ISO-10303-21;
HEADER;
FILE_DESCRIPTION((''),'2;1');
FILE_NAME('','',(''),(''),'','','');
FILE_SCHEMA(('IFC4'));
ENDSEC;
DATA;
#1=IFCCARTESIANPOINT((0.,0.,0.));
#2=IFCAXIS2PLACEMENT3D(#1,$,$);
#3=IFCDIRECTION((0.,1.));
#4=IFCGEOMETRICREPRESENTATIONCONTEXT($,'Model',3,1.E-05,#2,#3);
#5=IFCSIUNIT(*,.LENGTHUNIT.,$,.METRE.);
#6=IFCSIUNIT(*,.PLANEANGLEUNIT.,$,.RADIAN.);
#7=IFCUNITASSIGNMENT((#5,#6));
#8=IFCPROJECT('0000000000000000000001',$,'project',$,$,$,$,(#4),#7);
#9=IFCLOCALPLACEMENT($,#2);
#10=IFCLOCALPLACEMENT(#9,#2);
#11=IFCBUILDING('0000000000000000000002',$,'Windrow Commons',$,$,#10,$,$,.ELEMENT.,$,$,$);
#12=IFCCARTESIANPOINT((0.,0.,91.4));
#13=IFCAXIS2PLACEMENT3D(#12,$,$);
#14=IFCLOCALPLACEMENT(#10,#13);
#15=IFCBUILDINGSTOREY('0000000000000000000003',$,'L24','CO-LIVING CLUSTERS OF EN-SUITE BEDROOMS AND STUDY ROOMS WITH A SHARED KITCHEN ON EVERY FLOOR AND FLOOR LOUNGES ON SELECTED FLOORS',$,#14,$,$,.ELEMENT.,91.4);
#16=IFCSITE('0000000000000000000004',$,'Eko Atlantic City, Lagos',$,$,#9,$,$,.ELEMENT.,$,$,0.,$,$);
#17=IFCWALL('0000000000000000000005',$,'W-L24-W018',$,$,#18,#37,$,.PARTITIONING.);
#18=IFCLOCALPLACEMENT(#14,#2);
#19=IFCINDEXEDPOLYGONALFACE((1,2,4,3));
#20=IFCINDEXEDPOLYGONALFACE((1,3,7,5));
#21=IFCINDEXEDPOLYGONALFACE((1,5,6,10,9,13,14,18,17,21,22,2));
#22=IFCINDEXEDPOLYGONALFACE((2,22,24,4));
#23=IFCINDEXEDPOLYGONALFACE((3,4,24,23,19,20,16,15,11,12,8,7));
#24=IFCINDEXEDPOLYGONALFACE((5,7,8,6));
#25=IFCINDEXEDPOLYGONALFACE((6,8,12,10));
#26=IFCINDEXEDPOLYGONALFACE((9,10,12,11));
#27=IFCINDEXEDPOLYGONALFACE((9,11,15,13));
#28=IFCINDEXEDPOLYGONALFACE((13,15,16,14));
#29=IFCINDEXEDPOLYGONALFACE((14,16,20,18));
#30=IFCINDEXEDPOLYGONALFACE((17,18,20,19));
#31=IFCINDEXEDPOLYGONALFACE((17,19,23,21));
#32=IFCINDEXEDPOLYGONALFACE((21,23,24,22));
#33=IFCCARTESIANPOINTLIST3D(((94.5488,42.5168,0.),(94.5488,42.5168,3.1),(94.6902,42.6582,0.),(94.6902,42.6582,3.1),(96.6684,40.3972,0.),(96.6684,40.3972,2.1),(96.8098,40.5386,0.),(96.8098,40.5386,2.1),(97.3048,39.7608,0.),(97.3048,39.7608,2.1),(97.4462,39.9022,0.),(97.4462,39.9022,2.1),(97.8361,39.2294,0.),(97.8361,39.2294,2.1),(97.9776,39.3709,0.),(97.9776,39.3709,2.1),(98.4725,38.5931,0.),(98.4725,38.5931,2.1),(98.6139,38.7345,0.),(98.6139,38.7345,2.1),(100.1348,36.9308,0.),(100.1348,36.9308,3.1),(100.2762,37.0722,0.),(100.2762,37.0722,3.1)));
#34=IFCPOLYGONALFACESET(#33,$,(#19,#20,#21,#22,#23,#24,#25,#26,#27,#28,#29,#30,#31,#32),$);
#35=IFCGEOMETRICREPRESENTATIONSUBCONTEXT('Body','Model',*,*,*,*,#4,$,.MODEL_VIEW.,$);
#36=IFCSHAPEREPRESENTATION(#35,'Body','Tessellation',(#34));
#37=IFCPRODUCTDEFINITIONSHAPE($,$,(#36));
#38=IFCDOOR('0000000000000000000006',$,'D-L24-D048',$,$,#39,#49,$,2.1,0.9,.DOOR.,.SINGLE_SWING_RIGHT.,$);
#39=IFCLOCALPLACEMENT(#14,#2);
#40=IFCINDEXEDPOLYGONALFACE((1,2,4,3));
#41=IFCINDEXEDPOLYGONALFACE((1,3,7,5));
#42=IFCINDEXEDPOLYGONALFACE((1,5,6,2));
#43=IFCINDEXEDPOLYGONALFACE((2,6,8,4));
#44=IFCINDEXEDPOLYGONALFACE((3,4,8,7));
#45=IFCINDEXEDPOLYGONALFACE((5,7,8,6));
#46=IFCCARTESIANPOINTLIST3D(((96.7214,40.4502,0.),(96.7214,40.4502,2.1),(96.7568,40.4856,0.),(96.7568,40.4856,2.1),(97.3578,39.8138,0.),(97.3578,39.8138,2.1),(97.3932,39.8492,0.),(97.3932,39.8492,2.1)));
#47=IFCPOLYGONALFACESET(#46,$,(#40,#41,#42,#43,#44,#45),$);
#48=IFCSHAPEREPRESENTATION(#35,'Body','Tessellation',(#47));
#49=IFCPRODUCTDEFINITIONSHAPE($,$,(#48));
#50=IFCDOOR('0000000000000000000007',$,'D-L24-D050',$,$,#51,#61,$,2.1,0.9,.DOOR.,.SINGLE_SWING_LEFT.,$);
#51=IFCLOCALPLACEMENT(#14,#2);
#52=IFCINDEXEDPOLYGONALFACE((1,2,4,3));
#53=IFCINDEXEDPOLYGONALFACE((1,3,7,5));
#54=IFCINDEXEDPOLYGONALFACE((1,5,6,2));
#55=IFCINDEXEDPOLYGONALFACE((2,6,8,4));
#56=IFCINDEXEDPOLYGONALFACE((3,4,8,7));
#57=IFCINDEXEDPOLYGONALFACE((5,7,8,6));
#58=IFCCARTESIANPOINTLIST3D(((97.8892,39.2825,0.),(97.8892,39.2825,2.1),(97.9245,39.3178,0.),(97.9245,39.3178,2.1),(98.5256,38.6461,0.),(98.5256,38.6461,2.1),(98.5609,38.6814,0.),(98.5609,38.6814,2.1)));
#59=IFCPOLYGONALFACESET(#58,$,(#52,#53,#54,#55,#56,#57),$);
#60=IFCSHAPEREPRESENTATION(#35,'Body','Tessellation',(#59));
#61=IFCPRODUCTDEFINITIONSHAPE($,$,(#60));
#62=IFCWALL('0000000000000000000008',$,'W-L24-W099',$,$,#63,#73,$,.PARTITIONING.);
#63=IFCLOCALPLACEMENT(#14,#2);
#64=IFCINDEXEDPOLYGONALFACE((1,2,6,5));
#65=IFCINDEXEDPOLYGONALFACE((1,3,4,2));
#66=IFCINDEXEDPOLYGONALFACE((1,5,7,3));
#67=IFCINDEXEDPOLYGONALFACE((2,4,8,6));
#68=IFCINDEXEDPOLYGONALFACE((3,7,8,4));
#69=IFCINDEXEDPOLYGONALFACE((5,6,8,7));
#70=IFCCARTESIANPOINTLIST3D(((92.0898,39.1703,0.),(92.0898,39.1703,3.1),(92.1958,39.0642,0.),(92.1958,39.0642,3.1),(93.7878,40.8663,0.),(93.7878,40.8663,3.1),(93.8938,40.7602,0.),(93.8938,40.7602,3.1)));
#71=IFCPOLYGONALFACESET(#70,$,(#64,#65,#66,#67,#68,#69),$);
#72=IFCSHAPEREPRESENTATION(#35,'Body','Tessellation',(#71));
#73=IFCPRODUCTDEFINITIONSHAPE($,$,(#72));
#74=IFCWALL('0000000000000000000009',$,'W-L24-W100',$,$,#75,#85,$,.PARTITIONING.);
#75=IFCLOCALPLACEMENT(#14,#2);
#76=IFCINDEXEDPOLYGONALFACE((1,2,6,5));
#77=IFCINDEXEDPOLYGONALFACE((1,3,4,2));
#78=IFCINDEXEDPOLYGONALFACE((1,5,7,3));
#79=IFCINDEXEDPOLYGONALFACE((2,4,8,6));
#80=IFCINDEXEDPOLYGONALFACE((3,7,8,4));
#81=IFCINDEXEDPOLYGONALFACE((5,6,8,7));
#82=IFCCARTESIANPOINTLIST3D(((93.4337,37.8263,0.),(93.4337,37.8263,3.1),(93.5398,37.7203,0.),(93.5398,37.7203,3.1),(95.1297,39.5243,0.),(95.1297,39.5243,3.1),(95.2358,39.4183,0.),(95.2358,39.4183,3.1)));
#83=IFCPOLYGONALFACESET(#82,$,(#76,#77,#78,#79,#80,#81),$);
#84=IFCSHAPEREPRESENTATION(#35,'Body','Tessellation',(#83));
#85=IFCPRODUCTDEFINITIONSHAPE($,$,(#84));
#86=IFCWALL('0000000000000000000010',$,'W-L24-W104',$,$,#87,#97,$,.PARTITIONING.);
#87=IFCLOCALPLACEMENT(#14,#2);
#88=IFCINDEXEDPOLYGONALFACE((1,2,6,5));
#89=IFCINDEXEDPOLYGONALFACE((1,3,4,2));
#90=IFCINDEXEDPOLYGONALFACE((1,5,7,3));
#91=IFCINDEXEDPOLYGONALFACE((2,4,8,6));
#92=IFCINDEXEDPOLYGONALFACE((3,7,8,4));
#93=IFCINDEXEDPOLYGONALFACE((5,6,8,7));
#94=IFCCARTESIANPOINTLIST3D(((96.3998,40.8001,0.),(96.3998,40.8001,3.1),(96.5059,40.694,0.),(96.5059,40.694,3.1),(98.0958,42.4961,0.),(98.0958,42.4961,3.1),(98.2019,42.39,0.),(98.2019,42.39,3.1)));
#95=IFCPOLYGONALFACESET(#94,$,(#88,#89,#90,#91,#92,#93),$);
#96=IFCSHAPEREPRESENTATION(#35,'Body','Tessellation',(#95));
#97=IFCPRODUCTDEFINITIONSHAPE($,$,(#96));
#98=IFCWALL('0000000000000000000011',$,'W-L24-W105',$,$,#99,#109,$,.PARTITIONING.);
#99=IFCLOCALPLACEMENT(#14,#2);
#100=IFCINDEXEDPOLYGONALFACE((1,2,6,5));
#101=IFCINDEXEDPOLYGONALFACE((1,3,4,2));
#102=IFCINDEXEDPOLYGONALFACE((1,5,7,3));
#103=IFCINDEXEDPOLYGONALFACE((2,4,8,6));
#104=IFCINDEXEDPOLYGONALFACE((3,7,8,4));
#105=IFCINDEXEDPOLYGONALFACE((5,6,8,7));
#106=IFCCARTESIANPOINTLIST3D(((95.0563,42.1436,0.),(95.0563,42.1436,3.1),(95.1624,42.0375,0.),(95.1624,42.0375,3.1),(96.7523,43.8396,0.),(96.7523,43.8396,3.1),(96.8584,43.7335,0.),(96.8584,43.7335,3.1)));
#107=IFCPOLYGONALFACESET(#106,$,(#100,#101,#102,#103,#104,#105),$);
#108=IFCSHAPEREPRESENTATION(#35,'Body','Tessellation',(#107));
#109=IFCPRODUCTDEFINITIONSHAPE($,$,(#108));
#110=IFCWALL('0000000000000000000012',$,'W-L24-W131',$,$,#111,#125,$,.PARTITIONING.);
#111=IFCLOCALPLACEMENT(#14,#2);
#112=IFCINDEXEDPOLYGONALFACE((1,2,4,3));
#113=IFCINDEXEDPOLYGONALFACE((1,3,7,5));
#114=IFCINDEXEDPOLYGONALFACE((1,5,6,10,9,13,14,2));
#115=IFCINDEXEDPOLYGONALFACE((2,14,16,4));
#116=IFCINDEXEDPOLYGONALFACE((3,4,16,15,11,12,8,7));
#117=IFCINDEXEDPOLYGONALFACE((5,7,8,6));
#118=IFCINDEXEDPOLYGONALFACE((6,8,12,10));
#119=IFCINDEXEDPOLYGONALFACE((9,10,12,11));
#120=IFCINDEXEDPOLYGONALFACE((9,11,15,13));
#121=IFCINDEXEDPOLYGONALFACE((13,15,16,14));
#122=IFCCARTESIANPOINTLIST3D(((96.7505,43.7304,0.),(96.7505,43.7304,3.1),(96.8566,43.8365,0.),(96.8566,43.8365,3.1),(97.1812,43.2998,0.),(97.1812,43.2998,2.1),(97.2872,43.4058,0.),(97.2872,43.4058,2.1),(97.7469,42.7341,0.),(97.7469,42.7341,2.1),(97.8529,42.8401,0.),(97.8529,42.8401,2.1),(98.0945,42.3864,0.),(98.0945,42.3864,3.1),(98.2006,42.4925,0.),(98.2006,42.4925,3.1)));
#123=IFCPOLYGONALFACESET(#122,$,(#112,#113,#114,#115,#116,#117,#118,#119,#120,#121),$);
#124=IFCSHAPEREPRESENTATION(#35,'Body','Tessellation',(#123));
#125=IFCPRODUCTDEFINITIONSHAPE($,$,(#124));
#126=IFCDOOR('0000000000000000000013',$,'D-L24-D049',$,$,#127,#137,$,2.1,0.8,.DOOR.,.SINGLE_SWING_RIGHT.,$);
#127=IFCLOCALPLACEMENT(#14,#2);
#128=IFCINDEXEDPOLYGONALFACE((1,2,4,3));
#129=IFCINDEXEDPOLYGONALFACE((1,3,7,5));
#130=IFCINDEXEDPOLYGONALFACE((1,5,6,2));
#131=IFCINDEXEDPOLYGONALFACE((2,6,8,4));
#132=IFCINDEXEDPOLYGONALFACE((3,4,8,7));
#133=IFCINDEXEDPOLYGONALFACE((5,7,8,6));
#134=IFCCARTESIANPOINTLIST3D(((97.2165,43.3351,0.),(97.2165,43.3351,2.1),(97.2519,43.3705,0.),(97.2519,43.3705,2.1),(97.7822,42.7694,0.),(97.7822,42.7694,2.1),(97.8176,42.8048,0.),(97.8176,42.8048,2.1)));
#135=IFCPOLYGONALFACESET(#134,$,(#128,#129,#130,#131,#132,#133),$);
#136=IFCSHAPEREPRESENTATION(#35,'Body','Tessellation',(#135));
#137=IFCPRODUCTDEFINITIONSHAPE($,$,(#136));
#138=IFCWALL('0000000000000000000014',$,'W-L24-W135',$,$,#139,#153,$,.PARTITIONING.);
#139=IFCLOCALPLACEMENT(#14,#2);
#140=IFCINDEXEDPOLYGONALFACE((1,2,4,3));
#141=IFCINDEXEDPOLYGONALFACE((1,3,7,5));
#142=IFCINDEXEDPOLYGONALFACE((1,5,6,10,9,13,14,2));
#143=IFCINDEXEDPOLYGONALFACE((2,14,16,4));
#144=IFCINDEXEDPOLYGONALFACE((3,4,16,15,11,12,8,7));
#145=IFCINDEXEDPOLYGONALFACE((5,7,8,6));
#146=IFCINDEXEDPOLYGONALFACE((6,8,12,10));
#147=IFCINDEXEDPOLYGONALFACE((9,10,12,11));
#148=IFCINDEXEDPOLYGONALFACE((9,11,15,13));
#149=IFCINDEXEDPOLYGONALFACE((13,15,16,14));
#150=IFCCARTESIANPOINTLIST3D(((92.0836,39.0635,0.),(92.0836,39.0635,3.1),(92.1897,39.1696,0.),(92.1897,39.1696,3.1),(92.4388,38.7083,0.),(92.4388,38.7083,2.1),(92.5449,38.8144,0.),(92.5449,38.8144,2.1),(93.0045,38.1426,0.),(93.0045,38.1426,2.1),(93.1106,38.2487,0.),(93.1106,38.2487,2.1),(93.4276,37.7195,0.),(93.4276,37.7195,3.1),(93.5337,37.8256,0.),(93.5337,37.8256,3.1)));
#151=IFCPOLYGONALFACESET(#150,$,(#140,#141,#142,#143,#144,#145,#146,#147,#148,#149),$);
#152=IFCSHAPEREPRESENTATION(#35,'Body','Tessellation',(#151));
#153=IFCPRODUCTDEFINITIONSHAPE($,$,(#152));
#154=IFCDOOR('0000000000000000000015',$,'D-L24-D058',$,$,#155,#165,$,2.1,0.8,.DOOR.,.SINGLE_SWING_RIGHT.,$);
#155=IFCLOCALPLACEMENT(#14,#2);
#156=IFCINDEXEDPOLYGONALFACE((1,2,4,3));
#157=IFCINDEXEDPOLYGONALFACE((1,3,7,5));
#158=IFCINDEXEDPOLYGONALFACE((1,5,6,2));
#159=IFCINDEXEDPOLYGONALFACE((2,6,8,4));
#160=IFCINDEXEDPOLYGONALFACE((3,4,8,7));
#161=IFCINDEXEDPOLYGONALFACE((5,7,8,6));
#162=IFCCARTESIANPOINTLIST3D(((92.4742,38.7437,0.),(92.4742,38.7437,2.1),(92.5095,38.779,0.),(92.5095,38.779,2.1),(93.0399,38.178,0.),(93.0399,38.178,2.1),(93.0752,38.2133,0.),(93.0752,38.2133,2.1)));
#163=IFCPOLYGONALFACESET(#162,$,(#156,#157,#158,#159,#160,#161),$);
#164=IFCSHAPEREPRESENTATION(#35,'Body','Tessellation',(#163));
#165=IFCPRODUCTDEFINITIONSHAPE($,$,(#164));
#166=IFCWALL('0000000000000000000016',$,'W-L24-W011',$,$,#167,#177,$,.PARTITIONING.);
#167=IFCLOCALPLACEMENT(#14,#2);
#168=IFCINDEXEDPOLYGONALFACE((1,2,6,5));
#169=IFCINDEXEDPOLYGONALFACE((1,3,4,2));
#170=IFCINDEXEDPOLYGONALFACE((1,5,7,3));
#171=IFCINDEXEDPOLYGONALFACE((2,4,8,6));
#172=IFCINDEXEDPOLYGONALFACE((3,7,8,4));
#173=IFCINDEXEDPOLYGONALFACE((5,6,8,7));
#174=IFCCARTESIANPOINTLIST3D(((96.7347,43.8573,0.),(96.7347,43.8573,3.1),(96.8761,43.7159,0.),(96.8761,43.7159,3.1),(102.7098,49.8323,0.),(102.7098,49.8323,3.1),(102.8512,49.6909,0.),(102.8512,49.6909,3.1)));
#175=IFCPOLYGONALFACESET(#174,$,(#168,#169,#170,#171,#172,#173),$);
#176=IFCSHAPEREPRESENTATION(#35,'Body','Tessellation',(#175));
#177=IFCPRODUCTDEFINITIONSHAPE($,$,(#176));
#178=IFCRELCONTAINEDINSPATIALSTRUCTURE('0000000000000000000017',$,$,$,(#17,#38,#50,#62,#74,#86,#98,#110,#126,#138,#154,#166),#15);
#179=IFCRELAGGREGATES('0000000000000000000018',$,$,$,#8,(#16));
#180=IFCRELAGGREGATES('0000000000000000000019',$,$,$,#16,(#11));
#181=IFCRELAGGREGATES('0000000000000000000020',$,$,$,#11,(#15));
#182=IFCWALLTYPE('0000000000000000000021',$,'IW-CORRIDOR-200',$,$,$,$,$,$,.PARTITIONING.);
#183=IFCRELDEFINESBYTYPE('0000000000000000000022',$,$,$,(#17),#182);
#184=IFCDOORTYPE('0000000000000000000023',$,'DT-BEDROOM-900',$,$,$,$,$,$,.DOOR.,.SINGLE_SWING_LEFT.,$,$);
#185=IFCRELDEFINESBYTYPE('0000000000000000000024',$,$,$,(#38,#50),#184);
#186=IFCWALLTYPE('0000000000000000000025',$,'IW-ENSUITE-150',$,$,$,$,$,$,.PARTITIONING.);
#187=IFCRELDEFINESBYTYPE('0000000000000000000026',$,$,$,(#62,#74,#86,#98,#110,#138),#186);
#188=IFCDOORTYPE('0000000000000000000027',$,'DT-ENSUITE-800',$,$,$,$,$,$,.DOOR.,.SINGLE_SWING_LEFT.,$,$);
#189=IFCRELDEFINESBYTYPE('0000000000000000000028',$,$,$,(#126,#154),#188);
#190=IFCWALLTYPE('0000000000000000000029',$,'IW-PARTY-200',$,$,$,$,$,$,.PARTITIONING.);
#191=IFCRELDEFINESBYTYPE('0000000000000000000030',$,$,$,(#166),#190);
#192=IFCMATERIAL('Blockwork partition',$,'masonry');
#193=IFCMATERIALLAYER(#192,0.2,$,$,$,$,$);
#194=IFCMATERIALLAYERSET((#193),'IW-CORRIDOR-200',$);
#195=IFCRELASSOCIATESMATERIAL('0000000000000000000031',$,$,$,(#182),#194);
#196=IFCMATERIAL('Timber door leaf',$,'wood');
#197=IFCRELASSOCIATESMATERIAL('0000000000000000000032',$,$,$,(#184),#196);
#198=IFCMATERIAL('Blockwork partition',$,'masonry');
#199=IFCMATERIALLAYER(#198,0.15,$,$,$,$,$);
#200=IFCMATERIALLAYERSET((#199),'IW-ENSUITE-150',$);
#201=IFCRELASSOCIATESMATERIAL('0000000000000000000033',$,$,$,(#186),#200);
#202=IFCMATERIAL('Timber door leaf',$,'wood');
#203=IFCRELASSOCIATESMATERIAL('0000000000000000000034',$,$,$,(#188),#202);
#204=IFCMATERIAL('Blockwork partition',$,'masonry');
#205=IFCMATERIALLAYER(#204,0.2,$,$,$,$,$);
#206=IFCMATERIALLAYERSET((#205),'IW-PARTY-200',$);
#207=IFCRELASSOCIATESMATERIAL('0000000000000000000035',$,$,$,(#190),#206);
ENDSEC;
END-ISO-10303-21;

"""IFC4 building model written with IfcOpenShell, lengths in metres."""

from ifc_helpers import new_model, si_unit, direction, frame, frame_2d, origin, place, context, subcontext, project, spatial, rectangle, extrude, material, layer, layer_set, type_object, element, fill, save


model = new_model("IFC4")

# Units and contexts
model_context = context("Model", 3, precision=1e-05, world=origin(), true_north=direction((0.0, 1.0)))
body_context = subcontext(model_context, "Body", "Model", "MODEL_VIEW")
ifc_project = project(units=[si_unit("LENGTHUNIT", "METRE"), si_unit("PLANEANGLEUNIT", "RADIAN")], contexts=[model_context])

# Site, building, storey
site_placement = place(None, origin())
site = spatial("IfcSite", under=ifc_project, at=site_placement, Name="Eko Atlantic City, Lagos", CompositionType="ELEMENT", RefElevation=0.0)
building_placement = place(site_placement, origin())
building = spatial("IfcBuilding", under=site, at=building_placement, Name="Windrow Commons", CompositionType="ELEMENT")
storey_placement = place(building_placement, frame((0.0, 0.0, 91.4)))
storey = spatial("IfcBuildingStorey", under=building, at=storey_placement, Name="L24", Description="CO-LIVING CLUSTERS OF EN-SUITE BEDROOMS AND STUDY ROOMS WITH A SHARED KITCHEN ON EVERY FLOOR AND FLOOR LOUNGES ON SELECTED FLOORS", CompositionType="ELEMENT", Elevation=91.4)

# Shared definitions
ifc_material_1 = material(Name="Blockwork partition", Category="masonry")
ifc_layer_1 = layer(ifc_material_1, 0.2)
ifc_layer_set_1 = layer_set([ifc_layer_1], Name="IW-CORRIDOR-200")
wall_type_1 = type_object("IfcWallType", Name="IW-CORRIDOR-200", PredefinedType="PARTITIONING", material=ifc_layer_set_1)
ifc_material_2 = material(Name="Timber door leaf", Category="wood")
door_type_1 = type_object("IfcDoorType", Name="DT-BEDROOM-900", OperationType="SINGLE_SWING_LEFT", PredefinedType="DOOR", material=ifc_material_2)

# Wall, openings, doors
wall_1_placement = place(storey_placement, frame((94.6195, 42.5875, 0.0), z_axis=(0.0, 0.0, 1.0), x_axis=(0.707107, -0.707107, 0.0)))
wall_1 = element("IfcWall", 1, at=wall_1_placement, inside=storey, type_object=wall_type_1, Name="W-L24-W018", PredefinedType="PARTITIONING", context=body_context, shape_type="SweptSolid", body=[
    extrude(rectangle(XDim=7.8998, YDim=0.2, at=frame_2d((3.9499, 0.0))), origin(), (0.0, 0.0, 1.0), 3.1),
])
opening_1_placement = place(wall_1_placement, frame((2.9976, 0.0, 0.0)))
opening_1 = element("IfcOpeningElement", 2, at=opening_1_placement, cuts=wall_1, PredefinedType="OPENING", context=body_context, shape_type="SweptSolid", body=[
    extrude(rectangle(XDim=0.9, YDim=2.1, at=frame_2d((0.45, 1.05))), frame((0.0, 0.11, 0.0), z_axis=(0.0, -1.0, 0.0), x_axis=(1.0, 0.0, 0.0)), (0.0, 0.0, 1.0), 0.22),
])
opening_2_placement = place(wall_1_placement, frame((4.649, 0.0, 0.0)))
opening_2 = element("IfcOpeningElement", 3, at=opening_2_placement, cuts=wall_1, PredefinedType="OPENING", context=body_context, shape_type="SweptSolid", body=[
    extrude(rectangle(XDim=0.9, YDim=2.1, at=frame_2d((0.45, 1.05))), frame((0.0, 0.11, 0.0), z_axis=(0.0, -1.0, 0.0), x_axis=(1.0, 0.0, 0.0)), (0.0, 0.0, 1.0), 0.22),
])
door_1_placement = place(opening_1_placement, origin())
door_1 = element("IfcDoor", 4, at=door_1_placement, inside=storey, type_object=door_type_1, Name="D-L24-D048", OperationType="SINGLE_SWING_RIGHT", OverallHeight=2.1, OverallWidth=0.9, PredefinedType="DOOR", context=body_context, shape_type="SweptSolid", body=[
    extrude(rectangle(XDim=0.9, YDim=2.1, at=frame_2d((0.45, 1.05))), frame((0.0, 0.025, 0.0), z_axis=(0.0, -1.0, 0.0), x_axis=(1.0, 0.0, 0.0)), (0.0, 0.0, 1.0), 0.05),
])
fill(opening_1, door_1)
door_2_placement = place(opening_2_placement, origin())
door_2 = element("IfcDoor", 5, at=door_2_placement, inside=storey, type_object=door_type_1, Name="D-L24-D050", OperationType="SINGLE_SWING_LEFT", OverallHeight=2.1, OverallWidth=0.9, PredefinedType="DOOR", context=body_context, shape_type="SweptSolid", body=[
    extrude(rectangle(XDim=0.9, YDim=2.1, at=frame_2d((0.45, 1.05))), frame((0.0, 0.025, 0.0), z_axis=(0.0, -1.0, 0.0), x_axis=(1.0, 0.0, 0.0)), (0.0, 0.0, 1.0), 0.05),
])
fill(opening_2, door_2)

# Walls
ifc_material_3 = material(Name="Blockwork partition", Category="masonry")
ifc_layer_2 = layer(ifc_material_3, 0.15)
ifc_layer_set_2 = layer_set([ifc_layer_2], Name="IW-ENSUITE-150")
wall_type_2 = type_object("IfcWallType", Name="IW-ENSUITE-150", PredefinedType="PARTITIONING", material=ifc_layer_set_2)
for number, where, z_axis, x_axis, name in (
    (6, (92.1428, 39.1172, 0.0), (0.0, 0.0, 1.0), (0.707523, 0.70669, 0.0), "W-L24-W099"),
    (7, (93.4867, 37.7733, 0.0), (0.0, 0.0, 1.0), (0.70669, 0.707523, 0.0), "W-L24-W100"),
):
    element("IfcWall", number, at=place(storey_placement, frame(where, z_axis=z_axis, x_axis=x_axis)), inside=storey, type_object=wall_type_2, Name=name, PredefinedType="PARTITIONING", context=body_context, shape_type="SweptSolid", body=[
        extrude(rectangle(XDim=2.3999, YDim=0.15, at=frame_2d((1.2, 0.0))), origin(), (0.0, 0.0, 1.0), 3.1),
    ])
for number, where, z_axis, x_axis, name in (
    (8, (96.4529, 40.7471, 0.0), (0.0, 0.0, 1.0), (0.707107, 0.707107, 0.0), "W-L24-W104"),
    (9, (95.1094, 42.0906, 0.0), (0.0, 0.0, 1.0), (0.707107, 0.707107, 0.0), "W-L24-W105"),
):
    element("IfcWall", number, at=place(storey_placement, frame(where, z_axis=z_axis, x_axis=x_axis)), inside=storey, type_object=wall_type_2, Name=name, PredefinedType="PARTITIONING", context=body_context, shape_type="SweptSolid", body=[
        extrude(rectangle(XDim=2.3985, YDim=0.15, at=frame_2d((1.1992, 0.0))), origin(), (0.0, 0.0, 1.0), 3.1),
    ])

# Walls, openings, doors
wall_2_placement = place(storey_placement, frame((96.8035, 43.7835, 0.0), z_axis=(0.0, 0.0, 1.0), x_axis=(0.707107, -0.707107, 0.0)))
wall_2 = element("IfcWall", 10, at=wall_2_placement, inside=storey, type_object=wall_type_2, Name="W-L24-W131", PredefinedType="PARTITIONING", context=body_context, shape_type="SweptSolid", body=[
    extrude(rectangle(XDim=1.9007, YDim=0.15, at=frame_2d((0.9504, 0.0))), origin(), (0.0, 0.0, 1.0), 3.1),
])
opening_3_placement = place(wall_2_placement, frame((0.6091, 0.0, 0.0)))
opening_3 = element("IfcOpeningElement", 11, at=opening_3_placement, cuts=wall_2, PredefinedType="OPENING", context=body_context, shape_type="SweptSolid", body=[
    extrude(rectangle(XDim=0.8, YDim=2.1, at=frame_2d((0.4, 1.05))), frame((0.0, 0.085, 0.0), z_axis=(0.0, -1.0, 0.0), x_axis=(1.0, 0.0, 0.0)), (0.0, 0.0, 1.0), 0.17),
])
ifc_material_4 = material(Name="Timber door leaf", Category="wood")
door_type_2 = type_object("IfcDoorType", Name="DT-ENSUITE-800", OperationType="SINGLE_SWING_LEFT", PredefinedType="DOOR", material=ifc_material_4)
door_3_placement = place(opening_3_placement, origin())
door_3 = element("IfcDoor", 12, at=door_3_placement, inside=storey, type_object=door_type_2, Name="D-L24-D049", OperationType="SINGLE_SWING_RIGHT", OverallHeight=2.1, OverallWidth=0.8, PredefinedType="DOOR", context=body_context, shape_type="SweptSolid", body=[
    extrude(rectangle(XDim=0.8, YDim=2.1, at=frame_2d((0.4, 1.05))), frame((0.0, 0.025, 0.0), z_axis=(0.0, -1.0, 0.0), x_axis=(1.0, 0.0, 0.0)), (0.0, 0.0, 1.0), 0.05),
])
fill(opening_3, door_3)
wall_3_placement = place(storey_placement, frame((92.1366, 39.1166, 0.0), z_axis=(0.0, 0.0, 1.0), x_axis=(0.707107, -0.707107, 0.0)))
wall_3 = element("IfcWall", 13, at=wall_3_placement, inside=storey, type_object=wall_type_2, Name="W-L24-W135", PredefinedType="PARTITIONING", context=body_context, shape_type="SweptSolid", body=[
    extrude(rectangle(XDim=1.9007, YDim=0.15, at=frame_2d((0.9504, 0.0))), origin(), (0.0, 0.0, 1.0), 3.1),
])
opening_4_placement = place(wall_3_placement, frame((0.5024, 0.0, 0.0)))
opening_4 = element("IfcOpeningElement", 14, at=opening_4_placement, cuts=wall_3, PredefinedType="OPENING", context=body_context, shape_type="SweptSolid", body=[
    extrude(rectangle(XDim=0.8, YDim=2.1, at=frame_2d((0.4, 1.05))), frame((0.0, 0.085, 0.0), z_axis=(0.0, -1.0, 0.0), x_axis=(1.0, 0.0, 0.0)), (0.0, 0.0, 1.0), 0.17),
])
door_4_placement = place(opening_4_placement, origin())
door_4 = element("IfcDoor", 15, at=door_4_placement, inside=storey, type_object=door_type_2, Name="D-L24-D058", OperationType="SINGLE_SWING_RIGHT", OverallHeight=2.1, OverallWidth=0.8, PredefinedType="DOOR", context=body_context, shape_type="SweptSolid", body=[
    extrude(rectangle(XDim=0.8, YDim=2.1, at=frame_2d((0.4, 1.05))), frame((0.0, 0.025, 0.0), z_axis=(0.0, -1.0, 0.0), x_axis=(1.0, 0.0, 0.0)), (0.0, 0.0, 1.0), 0.05),
])
fill(opening_4, door_4)

# Wall
ifc_material_5 = material(Name="Blockwork partition", Category="masonry")
ifc_layer_3 = layer(ifc_material_5, 0.2)
ifc_layer_set_3 = layer_set([ifc_layer_3], Name="IW-PARTY-200")
wall_type_3 = type_object("IfcWallType", Name="IW-PARTY-200", PredefinedType="PARTITIONING", material=ifc_layer_set_3)
wall_4_placement = place(storey_placement, frame((96.8054, 43.7866, 0.0), z_axis=(0.0, 0.0, 1.0), x_axis=(0.707113, 0.707101, 0.0)))
element("IfcWall", 16, at=wall_4_placement, inside=storey, type_object=wall_type_3, Name="W-L24-W011", PredefinedType="PARTITIONING", context=body_context, shape_type="SweptSolid", body=[
    extrude(rectangle(XDim=8.45, YDim=0.2, at=frame_2d((4.225, 0.0))), origin(), (0.0, 0.0, 1.0), 3.1),
])

save(model, "model.ifc")
